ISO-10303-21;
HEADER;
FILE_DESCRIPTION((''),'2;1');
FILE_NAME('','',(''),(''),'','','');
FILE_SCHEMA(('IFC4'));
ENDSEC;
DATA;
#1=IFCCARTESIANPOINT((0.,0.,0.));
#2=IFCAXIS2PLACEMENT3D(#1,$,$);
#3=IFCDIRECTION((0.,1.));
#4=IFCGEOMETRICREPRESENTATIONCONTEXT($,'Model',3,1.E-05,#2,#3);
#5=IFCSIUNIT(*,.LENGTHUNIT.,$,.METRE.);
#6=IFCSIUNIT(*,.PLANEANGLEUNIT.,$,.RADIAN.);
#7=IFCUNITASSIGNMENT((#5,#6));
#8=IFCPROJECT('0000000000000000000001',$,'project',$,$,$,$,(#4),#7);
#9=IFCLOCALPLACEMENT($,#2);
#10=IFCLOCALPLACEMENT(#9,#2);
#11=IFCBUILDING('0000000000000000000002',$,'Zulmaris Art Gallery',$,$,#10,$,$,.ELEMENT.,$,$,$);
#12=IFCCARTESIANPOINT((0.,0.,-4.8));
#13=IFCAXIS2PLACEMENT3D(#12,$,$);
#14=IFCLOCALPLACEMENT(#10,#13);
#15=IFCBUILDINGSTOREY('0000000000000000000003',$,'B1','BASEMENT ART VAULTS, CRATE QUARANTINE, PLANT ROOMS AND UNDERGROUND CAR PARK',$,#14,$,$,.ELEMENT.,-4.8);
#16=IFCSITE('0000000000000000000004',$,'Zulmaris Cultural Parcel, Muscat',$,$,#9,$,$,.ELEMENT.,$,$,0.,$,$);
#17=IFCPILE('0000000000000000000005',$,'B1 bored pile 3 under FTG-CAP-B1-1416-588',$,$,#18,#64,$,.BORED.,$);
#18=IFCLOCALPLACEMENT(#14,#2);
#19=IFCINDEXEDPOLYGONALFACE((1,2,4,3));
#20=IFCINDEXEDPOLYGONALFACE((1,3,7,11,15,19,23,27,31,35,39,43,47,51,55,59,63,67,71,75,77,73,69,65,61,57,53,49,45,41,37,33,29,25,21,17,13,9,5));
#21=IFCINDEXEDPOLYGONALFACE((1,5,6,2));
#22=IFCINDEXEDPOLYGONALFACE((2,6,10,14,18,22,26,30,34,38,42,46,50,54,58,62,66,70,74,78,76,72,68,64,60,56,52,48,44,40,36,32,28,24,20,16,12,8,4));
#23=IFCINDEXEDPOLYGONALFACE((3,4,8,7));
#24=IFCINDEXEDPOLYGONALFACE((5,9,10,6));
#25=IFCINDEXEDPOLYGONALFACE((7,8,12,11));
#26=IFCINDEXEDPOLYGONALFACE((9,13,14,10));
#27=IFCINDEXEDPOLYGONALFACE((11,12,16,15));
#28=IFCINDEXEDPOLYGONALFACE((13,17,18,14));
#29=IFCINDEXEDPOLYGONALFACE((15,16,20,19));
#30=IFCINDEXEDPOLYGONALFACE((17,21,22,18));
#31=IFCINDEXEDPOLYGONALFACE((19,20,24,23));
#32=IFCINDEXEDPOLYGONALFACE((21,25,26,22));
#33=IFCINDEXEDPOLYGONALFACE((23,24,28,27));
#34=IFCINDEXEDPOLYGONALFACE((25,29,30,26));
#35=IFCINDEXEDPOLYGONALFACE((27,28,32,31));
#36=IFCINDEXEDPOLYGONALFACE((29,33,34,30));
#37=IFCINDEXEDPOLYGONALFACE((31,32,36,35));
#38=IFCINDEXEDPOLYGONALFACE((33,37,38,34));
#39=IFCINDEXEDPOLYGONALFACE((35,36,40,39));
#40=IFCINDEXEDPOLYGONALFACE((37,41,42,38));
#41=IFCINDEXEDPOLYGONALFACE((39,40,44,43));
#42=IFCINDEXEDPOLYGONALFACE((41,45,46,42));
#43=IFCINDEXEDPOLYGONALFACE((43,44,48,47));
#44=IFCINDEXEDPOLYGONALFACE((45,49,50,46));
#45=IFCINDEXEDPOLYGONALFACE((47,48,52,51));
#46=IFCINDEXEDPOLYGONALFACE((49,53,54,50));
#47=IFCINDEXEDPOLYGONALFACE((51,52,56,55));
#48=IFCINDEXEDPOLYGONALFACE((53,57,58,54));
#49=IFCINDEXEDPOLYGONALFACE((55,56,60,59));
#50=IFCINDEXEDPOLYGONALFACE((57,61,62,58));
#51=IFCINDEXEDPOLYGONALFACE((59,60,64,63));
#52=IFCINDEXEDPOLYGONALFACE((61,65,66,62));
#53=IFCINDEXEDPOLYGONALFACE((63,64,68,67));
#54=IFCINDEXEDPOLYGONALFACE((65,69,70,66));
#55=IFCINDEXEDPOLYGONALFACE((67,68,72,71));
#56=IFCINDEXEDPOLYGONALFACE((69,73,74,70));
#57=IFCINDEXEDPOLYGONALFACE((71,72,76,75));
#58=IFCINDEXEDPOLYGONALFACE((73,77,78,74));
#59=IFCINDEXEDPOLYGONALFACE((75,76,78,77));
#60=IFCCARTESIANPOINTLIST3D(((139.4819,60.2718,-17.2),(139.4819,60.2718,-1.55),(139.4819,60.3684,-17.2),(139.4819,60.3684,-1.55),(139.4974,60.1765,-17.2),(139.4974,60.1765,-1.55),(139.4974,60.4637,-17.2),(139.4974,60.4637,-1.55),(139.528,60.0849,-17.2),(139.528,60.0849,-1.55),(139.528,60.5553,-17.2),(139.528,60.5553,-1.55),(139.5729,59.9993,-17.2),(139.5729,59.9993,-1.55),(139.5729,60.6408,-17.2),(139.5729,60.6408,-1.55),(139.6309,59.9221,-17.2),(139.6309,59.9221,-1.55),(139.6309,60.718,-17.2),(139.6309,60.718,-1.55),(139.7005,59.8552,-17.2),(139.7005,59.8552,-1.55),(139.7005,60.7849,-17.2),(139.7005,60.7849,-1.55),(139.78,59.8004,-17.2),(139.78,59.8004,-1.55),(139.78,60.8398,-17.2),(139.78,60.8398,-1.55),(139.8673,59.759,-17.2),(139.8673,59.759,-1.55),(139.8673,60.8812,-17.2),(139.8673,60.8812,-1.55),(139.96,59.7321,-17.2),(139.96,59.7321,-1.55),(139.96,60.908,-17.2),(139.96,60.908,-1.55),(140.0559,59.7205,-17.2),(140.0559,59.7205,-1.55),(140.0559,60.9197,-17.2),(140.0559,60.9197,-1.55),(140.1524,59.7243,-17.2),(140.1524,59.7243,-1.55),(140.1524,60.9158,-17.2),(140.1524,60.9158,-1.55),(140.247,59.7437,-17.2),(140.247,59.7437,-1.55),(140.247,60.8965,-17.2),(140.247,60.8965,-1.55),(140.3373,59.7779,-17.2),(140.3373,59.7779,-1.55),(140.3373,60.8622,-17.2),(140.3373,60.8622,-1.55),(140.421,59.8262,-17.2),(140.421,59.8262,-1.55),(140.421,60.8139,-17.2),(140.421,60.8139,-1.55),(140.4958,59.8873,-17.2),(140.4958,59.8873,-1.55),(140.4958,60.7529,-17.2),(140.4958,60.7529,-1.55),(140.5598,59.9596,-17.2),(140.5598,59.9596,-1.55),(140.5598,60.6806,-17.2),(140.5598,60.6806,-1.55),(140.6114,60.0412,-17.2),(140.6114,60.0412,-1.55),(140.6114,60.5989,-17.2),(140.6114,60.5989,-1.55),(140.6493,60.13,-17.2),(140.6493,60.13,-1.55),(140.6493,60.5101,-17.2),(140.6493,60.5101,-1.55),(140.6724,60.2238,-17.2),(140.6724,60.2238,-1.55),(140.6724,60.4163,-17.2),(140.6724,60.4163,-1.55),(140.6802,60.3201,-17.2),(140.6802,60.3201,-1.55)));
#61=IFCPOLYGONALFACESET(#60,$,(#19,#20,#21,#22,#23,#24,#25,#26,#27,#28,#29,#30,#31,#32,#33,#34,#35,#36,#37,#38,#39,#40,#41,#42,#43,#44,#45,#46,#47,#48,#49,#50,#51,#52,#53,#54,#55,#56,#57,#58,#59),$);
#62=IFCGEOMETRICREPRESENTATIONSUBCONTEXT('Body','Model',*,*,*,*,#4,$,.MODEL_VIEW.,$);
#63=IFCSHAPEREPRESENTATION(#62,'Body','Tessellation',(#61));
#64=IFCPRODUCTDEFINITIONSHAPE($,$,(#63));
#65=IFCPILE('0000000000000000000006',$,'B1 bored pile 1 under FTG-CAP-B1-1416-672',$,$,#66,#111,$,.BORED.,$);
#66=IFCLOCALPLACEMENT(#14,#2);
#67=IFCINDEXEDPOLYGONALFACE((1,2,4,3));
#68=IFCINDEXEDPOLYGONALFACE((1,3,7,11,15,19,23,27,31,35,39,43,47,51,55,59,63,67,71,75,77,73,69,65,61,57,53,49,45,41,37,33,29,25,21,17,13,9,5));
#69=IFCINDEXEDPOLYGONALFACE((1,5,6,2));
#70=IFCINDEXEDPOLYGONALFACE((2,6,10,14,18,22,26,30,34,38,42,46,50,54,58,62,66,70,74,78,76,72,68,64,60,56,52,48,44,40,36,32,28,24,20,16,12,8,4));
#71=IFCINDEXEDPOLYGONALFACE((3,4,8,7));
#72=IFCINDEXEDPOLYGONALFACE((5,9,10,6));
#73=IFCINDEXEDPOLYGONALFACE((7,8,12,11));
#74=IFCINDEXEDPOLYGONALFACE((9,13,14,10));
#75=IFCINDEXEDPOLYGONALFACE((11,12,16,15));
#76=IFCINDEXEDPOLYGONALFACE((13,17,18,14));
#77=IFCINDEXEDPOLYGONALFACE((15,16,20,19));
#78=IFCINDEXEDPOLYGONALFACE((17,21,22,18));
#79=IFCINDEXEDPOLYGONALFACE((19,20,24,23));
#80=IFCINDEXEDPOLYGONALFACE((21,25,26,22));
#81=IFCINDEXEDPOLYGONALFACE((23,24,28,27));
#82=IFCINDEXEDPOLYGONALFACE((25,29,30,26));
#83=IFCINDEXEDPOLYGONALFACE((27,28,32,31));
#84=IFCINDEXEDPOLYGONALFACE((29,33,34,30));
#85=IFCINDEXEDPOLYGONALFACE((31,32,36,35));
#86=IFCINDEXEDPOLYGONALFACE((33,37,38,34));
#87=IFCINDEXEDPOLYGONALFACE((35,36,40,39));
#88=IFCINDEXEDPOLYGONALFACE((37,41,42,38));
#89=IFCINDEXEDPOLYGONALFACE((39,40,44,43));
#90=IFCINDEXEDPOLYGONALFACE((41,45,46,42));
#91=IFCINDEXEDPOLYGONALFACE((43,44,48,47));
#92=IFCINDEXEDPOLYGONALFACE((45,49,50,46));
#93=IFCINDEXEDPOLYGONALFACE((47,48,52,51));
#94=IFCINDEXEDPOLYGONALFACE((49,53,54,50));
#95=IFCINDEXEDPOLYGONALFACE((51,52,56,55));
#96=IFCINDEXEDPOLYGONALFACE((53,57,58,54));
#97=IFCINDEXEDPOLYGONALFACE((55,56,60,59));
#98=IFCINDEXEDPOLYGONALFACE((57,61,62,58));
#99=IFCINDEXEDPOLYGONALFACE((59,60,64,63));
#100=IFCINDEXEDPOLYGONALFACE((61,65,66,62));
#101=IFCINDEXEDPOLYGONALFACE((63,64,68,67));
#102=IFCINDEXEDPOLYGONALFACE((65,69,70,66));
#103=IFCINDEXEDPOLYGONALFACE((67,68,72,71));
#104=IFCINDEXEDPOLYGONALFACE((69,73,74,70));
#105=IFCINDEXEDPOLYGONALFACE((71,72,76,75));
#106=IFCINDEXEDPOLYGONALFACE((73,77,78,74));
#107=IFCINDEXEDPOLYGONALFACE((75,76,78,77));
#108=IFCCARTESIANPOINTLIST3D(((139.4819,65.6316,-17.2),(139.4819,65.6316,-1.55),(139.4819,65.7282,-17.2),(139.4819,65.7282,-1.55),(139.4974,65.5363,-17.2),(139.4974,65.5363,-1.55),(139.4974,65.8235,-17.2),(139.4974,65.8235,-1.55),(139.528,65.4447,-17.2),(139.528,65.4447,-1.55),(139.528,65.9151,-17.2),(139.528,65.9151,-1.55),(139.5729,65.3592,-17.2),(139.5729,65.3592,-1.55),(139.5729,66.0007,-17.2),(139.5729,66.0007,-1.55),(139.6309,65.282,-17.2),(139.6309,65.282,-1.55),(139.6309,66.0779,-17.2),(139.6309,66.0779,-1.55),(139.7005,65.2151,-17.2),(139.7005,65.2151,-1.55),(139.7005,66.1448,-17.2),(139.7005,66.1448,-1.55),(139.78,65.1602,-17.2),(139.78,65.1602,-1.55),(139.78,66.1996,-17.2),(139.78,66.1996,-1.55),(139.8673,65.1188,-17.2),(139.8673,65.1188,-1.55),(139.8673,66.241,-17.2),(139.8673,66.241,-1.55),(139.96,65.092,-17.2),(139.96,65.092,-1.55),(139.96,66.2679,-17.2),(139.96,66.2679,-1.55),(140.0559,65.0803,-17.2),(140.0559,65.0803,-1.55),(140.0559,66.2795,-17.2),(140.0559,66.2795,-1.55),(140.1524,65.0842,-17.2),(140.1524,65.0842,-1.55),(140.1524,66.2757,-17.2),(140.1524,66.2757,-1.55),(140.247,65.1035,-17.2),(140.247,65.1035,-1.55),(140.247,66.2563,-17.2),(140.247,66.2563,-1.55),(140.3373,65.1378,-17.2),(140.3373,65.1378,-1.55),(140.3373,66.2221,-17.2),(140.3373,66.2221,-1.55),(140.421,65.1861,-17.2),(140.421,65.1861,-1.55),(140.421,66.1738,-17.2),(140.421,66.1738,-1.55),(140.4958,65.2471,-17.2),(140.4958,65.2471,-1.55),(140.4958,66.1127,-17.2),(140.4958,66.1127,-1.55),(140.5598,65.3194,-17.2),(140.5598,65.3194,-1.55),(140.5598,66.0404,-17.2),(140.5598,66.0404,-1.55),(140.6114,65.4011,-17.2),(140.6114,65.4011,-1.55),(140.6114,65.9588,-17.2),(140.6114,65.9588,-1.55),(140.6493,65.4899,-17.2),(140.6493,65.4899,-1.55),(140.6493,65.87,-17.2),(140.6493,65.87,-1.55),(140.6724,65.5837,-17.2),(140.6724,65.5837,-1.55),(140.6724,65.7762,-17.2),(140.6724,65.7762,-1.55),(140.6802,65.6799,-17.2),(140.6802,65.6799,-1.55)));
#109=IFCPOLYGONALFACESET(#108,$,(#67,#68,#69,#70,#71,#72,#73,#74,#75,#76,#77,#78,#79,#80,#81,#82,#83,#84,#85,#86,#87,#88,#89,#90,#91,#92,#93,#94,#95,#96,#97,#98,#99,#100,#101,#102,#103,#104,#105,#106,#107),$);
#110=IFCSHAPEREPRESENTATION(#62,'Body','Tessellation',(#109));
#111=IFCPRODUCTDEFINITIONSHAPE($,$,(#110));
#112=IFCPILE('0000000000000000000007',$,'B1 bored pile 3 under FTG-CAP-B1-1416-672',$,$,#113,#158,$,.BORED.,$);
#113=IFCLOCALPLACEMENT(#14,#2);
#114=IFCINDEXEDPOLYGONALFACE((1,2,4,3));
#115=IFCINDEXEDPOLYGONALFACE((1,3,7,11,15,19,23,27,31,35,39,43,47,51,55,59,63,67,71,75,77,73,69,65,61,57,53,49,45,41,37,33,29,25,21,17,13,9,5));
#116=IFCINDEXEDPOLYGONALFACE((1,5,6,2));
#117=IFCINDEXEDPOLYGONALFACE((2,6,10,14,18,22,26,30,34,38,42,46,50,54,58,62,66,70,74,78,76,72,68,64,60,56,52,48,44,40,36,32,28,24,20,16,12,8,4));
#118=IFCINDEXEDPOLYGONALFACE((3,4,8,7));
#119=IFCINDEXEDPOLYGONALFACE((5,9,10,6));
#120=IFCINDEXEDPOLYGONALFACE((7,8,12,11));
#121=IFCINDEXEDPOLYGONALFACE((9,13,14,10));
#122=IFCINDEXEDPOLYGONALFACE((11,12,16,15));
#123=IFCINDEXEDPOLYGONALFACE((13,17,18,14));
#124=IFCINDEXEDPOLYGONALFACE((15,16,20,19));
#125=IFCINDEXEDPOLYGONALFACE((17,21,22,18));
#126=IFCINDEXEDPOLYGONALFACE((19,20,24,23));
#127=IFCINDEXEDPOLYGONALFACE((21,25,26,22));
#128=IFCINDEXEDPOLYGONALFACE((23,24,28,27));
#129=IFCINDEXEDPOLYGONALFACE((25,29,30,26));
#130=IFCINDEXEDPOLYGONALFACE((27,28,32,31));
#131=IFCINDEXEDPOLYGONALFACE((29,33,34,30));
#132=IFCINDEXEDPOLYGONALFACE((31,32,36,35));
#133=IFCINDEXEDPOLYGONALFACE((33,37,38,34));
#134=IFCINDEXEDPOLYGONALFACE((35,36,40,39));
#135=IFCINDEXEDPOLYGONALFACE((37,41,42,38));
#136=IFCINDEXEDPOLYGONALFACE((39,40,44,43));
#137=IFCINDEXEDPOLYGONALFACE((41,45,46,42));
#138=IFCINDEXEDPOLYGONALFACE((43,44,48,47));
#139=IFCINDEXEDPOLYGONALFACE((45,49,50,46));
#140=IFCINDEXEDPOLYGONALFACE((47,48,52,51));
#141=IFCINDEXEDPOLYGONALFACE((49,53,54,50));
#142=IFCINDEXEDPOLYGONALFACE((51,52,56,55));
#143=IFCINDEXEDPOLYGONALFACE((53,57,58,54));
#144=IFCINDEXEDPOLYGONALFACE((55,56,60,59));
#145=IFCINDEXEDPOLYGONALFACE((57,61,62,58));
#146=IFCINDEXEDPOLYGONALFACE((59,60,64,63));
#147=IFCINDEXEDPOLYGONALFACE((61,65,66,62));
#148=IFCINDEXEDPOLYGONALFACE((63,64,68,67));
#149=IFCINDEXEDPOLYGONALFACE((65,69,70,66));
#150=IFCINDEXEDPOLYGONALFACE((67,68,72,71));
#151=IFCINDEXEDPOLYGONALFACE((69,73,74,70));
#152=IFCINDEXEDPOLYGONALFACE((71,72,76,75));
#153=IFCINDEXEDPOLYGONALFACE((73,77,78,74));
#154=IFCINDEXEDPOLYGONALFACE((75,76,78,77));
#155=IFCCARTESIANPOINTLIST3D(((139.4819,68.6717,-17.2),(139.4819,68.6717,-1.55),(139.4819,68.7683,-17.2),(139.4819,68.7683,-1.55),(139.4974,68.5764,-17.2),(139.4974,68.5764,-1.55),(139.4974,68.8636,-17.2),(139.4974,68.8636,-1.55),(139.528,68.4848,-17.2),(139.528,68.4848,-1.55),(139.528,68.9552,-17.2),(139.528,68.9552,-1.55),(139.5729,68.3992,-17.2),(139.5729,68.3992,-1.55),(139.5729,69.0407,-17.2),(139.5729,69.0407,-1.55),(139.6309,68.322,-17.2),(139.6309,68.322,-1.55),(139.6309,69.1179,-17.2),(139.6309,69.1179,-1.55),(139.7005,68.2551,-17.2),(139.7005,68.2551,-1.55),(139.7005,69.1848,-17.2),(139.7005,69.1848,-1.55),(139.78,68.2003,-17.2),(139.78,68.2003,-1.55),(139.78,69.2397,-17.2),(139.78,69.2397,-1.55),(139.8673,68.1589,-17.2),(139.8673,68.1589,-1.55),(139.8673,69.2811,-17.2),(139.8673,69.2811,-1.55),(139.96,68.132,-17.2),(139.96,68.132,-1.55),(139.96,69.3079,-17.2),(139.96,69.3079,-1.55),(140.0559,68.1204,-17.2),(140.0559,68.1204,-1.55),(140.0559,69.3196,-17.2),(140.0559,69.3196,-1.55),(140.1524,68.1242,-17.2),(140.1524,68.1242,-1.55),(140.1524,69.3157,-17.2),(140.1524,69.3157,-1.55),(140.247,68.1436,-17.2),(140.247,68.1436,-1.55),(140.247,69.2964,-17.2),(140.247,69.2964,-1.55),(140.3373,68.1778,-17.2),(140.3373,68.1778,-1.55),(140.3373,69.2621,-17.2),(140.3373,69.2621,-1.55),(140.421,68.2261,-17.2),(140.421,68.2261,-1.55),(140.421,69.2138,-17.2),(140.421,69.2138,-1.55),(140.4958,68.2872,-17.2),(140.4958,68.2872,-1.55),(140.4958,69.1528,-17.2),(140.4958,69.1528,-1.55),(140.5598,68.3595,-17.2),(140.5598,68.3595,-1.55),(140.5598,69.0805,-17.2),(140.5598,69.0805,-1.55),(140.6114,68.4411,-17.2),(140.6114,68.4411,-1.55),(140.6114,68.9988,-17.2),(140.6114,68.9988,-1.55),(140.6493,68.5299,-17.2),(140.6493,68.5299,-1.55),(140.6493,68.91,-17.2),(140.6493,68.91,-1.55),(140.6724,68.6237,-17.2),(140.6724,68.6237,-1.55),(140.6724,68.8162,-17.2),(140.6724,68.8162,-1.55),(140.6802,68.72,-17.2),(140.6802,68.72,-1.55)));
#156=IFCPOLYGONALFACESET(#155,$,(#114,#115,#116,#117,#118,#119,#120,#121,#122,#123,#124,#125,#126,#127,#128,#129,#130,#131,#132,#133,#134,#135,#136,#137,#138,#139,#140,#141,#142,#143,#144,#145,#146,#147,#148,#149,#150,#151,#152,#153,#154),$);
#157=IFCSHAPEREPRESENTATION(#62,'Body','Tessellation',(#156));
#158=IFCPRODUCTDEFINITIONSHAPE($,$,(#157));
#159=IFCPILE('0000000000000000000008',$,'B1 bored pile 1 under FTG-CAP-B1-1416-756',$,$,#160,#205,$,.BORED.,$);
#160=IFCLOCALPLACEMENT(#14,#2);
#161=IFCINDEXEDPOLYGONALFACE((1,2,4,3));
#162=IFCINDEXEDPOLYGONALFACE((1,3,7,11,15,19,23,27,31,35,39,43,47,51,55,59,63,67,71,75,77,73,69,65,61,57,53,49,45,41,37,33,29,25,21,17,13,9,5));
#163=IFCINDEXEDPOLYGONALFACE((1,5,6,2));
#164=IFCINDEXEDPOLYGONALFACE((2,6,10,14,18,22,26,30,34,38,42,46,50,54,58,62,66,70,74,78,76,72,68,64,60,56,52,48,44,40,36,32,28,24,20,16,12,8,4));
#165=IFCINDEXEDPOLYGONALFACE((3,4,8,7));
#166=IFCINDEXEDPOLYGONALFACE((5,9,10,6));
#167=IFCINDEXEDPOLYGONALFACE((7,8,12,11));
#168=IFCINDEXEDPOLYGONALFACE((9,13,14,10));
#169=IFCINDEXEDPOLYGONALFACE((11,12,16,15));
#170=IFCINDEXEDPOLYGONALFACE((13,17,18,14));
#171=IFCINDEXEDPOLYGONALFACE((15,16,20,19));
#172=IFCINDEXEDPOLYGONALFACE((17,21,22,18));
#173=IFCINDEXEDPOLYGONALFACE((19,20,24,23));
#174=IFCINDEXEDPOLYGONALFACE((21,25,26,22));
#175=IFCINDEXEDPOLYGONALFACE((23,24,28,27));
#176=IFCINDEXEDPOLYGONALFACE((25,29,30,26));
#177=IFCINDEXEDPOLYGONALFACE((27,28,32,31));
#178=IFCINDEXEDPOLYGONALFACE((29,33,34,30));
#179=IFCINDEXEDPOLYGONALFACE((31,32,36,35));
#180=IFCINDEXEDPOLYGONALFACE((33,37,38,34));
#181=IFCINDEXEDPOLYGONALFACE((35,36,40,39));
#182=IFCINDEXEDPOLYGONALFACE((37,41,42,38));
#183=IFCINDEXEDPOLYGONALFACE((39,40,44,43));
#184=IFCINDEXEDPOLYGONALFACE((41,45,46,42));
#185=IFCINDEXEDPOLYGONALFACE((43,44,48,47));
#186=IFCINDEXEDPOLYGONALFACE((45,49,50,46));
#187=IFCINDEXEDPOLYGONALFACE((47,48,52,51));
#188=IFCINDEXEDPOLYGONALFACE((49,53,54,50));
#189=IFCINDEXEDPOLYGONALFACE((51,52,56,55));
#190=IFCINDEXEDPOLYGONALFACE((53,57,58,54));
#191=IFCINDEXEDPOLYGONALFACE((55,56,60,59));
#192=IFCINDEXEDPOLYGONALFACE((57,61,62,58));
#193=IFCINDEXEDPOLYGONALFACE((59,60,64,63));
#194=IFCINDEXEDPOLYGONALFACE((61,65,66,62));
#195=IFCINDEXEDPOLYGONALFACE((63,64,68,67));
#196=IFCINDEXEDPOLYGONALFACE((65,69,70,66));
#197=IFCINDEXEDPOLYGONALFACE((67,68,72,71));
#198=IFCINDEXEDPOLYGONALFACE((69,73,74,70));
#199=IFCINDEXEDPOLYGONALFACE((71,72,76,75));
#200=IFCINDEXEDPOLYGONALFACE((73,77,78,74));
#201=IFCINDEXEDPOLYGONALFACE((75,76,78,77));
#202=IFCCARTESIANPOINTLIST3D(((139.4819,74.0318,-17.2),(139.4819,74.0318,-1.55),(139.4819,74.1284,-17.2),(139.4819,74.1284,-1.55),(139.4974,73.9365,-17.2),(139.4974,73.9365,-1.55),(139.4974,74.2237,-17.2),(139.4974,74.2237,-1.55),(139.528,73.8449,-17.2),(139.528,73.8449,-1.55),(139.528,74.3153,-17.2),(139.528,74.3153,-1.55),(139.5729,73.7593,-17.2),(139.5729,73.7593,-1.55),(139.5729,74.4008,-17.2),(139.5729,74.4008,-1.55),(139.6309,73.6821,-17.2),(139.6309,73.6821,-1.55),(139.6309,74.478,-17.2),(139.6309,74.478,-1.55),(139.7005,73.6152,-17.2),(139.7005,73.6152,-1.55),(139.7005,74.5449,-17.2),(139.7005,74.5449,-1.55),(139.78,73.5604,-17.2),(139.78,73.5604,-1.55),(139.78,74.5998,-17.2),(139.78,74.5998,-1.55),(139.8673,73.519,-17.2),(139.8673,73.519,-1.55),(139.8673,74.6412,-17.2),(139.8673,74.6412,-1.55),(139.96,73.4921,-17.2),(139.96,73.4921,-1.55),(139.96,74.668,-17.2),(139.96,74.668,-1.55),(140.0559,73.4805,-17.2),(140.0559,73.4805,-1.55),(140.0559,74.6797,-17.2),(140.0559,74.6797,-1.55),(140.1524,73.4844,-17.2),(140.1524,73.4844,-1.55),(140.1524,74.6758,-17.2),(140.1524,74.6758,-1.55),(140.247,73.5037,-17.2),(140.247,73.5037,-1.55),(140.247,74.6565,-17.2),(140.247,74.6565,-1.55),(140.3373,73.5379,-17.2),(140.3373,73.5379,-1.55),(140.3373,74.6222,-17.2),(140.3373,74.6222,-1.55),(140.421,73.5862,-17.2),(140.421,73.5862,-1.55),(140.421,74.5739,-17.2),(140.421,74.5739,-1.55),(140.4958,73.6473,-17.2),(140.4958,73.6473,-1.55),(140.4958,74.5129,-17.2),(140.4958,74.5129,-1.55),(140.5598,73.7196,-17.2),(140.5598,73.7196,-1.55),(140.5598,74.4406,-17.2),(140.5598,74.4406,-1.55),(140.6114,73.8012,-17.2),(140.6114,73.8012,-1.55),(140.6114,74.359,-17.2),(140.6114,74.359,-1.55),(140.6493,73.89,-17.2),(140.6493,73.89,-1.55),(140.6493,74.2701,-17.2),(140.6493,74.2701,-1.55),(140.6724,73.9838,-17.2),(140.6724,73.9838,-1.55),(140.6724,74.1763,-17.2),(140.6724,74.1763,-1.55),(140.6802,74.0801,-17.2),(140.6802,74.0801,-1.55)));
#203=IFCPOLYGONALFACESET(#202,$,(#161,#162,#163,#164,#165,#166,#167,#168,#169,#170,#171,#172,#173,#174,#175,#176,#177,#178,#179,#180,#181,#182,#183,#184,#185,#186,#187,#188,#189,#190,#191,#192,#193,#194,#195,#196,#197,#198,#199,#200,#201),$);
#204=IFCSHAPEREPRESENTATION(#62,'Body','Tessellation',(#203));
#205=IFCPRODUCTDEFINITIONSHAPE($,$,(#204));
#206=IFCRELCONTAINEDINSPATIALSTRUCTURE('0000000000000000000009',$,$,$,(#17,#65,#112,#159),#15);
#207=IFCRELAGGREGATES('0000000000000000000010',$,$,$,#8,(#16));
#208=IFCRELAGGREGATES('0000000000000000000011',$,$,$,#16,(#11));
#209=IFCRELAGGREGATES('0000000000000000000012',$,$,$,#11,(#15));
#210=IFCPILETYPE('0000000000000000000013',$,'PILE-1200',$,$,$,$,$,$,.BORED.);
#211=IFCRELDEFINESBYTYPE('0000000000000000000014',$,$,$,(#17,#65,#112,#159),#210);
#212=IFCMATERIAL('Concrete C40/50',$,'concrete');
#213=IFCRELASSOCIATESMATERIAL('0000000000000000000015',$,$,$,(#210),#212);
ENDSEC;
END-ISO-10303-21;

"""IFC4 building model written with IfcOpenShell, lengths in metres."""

from ifc_helpers import new_model, si_unit, direction, frame, origin, origin_2d, place, context, subcontext, project, spatial, circle, extrude, material, material_profile, profile_set, type_object, element, save


model = new_model("IFC4")

# Units and contexts
model_context = context("Model", 3, precision=1e-05, world=origin(), true_north=direction((0.0, 1.0)))
body_context = subcontext(model_context, "Body", "Model", "MODEL_VIEW")
ifc_project = project(units=[si_unit("LENGTHUNIT", "METRE"), si_unit("PLANEANGLEUNIT", "RADIAN")], contexts=[model_context])

# Site, building, storey
site_placement = place(None, origin())
site = spatial("IfcSite", under=ifc_project, at=site_placement, Name="Zulmaris Cultural Parcel, Muscat", CompositionType="ELEMENT", RefElevation=0.0)
building_placement = place(site_placement, origin())
building = spatial("IfcBuilding", under=site, at=building_placement, Name="Zulmaris Art Gallery", CompositionType="ELEMENT")
storey_placement = place(building_placement, frame((0.0, 0.0, -4.8)))
storey = spatial("IfcBuildingStorey", under=building, at=storey_placement, Name="B1", Description="BASEMENT ART VAULTS, CRATE QUARANTINE, PLANT ROOMS AND UNDERGROUND CAR PARK", CompositionType="ELEMENT", Elevation=-4.8)

# Shared definitions
ifc_material_1 = material(Name="Concrete C40/50", Category="concrete")

# Piles
ifc_material_profile = material_profile(ifc_material_1, circle(Radius=0.6001, at=origin_2d()), Name="PILE DIA 1200")
ifc_profile_set = profile_set([ifc_material_profile], Name="Concrete C40/50")
pile_type = type_object("IfcPileType", Name="PILE-1200", PredefinedType="BORED", material=ifc_profile_set)
for number, where, z_axis, x_axis, name in (
    (1, (140.0801, 60.3201, -1.55), (0.0, 0.0, -1.0), (1.0, 0.0, 0.0), "B1 bored pile 3 under FTG-CAP-B1-1416-588"),
    (2, (140.0801, 65.6799, -1.55), (0.0, 0.0, -1.0), (1.0, 0.0, 0.0), "B1 bored pile 1 under FTG-CAP-B1-1416-672"),
    (3, (140.0801, 68.72, -1.55), (0.0, 0.0, -1.0), (1.0, 0.0, 0.0), "B1 bored pile 3 under FTG-CAP-B1-1416-672"),
    (4, (140.0801, 74.0801, -1.55), (0.0, 0.0, -1.0), (1.0, 0.0, 0.0), "B1 bored pile 1 under FTG-CAP-B1-1416-756"),
):
    element("IfcPile", number, at=place(storey_placement, frame(where, z_axis=z_axis, x_axis=x_axis)), inside=storey, type_object=pile_type, Name=name, PredefinedType="BORED", context=body_context, shape_type="SweptSolid", body=[
        extrude(circle(Radius=0.6001, at=origin_2d()), origin(), (0.0, 0.0, 1.0), 15.6499),
    ])

save(model, "model.ifc")
